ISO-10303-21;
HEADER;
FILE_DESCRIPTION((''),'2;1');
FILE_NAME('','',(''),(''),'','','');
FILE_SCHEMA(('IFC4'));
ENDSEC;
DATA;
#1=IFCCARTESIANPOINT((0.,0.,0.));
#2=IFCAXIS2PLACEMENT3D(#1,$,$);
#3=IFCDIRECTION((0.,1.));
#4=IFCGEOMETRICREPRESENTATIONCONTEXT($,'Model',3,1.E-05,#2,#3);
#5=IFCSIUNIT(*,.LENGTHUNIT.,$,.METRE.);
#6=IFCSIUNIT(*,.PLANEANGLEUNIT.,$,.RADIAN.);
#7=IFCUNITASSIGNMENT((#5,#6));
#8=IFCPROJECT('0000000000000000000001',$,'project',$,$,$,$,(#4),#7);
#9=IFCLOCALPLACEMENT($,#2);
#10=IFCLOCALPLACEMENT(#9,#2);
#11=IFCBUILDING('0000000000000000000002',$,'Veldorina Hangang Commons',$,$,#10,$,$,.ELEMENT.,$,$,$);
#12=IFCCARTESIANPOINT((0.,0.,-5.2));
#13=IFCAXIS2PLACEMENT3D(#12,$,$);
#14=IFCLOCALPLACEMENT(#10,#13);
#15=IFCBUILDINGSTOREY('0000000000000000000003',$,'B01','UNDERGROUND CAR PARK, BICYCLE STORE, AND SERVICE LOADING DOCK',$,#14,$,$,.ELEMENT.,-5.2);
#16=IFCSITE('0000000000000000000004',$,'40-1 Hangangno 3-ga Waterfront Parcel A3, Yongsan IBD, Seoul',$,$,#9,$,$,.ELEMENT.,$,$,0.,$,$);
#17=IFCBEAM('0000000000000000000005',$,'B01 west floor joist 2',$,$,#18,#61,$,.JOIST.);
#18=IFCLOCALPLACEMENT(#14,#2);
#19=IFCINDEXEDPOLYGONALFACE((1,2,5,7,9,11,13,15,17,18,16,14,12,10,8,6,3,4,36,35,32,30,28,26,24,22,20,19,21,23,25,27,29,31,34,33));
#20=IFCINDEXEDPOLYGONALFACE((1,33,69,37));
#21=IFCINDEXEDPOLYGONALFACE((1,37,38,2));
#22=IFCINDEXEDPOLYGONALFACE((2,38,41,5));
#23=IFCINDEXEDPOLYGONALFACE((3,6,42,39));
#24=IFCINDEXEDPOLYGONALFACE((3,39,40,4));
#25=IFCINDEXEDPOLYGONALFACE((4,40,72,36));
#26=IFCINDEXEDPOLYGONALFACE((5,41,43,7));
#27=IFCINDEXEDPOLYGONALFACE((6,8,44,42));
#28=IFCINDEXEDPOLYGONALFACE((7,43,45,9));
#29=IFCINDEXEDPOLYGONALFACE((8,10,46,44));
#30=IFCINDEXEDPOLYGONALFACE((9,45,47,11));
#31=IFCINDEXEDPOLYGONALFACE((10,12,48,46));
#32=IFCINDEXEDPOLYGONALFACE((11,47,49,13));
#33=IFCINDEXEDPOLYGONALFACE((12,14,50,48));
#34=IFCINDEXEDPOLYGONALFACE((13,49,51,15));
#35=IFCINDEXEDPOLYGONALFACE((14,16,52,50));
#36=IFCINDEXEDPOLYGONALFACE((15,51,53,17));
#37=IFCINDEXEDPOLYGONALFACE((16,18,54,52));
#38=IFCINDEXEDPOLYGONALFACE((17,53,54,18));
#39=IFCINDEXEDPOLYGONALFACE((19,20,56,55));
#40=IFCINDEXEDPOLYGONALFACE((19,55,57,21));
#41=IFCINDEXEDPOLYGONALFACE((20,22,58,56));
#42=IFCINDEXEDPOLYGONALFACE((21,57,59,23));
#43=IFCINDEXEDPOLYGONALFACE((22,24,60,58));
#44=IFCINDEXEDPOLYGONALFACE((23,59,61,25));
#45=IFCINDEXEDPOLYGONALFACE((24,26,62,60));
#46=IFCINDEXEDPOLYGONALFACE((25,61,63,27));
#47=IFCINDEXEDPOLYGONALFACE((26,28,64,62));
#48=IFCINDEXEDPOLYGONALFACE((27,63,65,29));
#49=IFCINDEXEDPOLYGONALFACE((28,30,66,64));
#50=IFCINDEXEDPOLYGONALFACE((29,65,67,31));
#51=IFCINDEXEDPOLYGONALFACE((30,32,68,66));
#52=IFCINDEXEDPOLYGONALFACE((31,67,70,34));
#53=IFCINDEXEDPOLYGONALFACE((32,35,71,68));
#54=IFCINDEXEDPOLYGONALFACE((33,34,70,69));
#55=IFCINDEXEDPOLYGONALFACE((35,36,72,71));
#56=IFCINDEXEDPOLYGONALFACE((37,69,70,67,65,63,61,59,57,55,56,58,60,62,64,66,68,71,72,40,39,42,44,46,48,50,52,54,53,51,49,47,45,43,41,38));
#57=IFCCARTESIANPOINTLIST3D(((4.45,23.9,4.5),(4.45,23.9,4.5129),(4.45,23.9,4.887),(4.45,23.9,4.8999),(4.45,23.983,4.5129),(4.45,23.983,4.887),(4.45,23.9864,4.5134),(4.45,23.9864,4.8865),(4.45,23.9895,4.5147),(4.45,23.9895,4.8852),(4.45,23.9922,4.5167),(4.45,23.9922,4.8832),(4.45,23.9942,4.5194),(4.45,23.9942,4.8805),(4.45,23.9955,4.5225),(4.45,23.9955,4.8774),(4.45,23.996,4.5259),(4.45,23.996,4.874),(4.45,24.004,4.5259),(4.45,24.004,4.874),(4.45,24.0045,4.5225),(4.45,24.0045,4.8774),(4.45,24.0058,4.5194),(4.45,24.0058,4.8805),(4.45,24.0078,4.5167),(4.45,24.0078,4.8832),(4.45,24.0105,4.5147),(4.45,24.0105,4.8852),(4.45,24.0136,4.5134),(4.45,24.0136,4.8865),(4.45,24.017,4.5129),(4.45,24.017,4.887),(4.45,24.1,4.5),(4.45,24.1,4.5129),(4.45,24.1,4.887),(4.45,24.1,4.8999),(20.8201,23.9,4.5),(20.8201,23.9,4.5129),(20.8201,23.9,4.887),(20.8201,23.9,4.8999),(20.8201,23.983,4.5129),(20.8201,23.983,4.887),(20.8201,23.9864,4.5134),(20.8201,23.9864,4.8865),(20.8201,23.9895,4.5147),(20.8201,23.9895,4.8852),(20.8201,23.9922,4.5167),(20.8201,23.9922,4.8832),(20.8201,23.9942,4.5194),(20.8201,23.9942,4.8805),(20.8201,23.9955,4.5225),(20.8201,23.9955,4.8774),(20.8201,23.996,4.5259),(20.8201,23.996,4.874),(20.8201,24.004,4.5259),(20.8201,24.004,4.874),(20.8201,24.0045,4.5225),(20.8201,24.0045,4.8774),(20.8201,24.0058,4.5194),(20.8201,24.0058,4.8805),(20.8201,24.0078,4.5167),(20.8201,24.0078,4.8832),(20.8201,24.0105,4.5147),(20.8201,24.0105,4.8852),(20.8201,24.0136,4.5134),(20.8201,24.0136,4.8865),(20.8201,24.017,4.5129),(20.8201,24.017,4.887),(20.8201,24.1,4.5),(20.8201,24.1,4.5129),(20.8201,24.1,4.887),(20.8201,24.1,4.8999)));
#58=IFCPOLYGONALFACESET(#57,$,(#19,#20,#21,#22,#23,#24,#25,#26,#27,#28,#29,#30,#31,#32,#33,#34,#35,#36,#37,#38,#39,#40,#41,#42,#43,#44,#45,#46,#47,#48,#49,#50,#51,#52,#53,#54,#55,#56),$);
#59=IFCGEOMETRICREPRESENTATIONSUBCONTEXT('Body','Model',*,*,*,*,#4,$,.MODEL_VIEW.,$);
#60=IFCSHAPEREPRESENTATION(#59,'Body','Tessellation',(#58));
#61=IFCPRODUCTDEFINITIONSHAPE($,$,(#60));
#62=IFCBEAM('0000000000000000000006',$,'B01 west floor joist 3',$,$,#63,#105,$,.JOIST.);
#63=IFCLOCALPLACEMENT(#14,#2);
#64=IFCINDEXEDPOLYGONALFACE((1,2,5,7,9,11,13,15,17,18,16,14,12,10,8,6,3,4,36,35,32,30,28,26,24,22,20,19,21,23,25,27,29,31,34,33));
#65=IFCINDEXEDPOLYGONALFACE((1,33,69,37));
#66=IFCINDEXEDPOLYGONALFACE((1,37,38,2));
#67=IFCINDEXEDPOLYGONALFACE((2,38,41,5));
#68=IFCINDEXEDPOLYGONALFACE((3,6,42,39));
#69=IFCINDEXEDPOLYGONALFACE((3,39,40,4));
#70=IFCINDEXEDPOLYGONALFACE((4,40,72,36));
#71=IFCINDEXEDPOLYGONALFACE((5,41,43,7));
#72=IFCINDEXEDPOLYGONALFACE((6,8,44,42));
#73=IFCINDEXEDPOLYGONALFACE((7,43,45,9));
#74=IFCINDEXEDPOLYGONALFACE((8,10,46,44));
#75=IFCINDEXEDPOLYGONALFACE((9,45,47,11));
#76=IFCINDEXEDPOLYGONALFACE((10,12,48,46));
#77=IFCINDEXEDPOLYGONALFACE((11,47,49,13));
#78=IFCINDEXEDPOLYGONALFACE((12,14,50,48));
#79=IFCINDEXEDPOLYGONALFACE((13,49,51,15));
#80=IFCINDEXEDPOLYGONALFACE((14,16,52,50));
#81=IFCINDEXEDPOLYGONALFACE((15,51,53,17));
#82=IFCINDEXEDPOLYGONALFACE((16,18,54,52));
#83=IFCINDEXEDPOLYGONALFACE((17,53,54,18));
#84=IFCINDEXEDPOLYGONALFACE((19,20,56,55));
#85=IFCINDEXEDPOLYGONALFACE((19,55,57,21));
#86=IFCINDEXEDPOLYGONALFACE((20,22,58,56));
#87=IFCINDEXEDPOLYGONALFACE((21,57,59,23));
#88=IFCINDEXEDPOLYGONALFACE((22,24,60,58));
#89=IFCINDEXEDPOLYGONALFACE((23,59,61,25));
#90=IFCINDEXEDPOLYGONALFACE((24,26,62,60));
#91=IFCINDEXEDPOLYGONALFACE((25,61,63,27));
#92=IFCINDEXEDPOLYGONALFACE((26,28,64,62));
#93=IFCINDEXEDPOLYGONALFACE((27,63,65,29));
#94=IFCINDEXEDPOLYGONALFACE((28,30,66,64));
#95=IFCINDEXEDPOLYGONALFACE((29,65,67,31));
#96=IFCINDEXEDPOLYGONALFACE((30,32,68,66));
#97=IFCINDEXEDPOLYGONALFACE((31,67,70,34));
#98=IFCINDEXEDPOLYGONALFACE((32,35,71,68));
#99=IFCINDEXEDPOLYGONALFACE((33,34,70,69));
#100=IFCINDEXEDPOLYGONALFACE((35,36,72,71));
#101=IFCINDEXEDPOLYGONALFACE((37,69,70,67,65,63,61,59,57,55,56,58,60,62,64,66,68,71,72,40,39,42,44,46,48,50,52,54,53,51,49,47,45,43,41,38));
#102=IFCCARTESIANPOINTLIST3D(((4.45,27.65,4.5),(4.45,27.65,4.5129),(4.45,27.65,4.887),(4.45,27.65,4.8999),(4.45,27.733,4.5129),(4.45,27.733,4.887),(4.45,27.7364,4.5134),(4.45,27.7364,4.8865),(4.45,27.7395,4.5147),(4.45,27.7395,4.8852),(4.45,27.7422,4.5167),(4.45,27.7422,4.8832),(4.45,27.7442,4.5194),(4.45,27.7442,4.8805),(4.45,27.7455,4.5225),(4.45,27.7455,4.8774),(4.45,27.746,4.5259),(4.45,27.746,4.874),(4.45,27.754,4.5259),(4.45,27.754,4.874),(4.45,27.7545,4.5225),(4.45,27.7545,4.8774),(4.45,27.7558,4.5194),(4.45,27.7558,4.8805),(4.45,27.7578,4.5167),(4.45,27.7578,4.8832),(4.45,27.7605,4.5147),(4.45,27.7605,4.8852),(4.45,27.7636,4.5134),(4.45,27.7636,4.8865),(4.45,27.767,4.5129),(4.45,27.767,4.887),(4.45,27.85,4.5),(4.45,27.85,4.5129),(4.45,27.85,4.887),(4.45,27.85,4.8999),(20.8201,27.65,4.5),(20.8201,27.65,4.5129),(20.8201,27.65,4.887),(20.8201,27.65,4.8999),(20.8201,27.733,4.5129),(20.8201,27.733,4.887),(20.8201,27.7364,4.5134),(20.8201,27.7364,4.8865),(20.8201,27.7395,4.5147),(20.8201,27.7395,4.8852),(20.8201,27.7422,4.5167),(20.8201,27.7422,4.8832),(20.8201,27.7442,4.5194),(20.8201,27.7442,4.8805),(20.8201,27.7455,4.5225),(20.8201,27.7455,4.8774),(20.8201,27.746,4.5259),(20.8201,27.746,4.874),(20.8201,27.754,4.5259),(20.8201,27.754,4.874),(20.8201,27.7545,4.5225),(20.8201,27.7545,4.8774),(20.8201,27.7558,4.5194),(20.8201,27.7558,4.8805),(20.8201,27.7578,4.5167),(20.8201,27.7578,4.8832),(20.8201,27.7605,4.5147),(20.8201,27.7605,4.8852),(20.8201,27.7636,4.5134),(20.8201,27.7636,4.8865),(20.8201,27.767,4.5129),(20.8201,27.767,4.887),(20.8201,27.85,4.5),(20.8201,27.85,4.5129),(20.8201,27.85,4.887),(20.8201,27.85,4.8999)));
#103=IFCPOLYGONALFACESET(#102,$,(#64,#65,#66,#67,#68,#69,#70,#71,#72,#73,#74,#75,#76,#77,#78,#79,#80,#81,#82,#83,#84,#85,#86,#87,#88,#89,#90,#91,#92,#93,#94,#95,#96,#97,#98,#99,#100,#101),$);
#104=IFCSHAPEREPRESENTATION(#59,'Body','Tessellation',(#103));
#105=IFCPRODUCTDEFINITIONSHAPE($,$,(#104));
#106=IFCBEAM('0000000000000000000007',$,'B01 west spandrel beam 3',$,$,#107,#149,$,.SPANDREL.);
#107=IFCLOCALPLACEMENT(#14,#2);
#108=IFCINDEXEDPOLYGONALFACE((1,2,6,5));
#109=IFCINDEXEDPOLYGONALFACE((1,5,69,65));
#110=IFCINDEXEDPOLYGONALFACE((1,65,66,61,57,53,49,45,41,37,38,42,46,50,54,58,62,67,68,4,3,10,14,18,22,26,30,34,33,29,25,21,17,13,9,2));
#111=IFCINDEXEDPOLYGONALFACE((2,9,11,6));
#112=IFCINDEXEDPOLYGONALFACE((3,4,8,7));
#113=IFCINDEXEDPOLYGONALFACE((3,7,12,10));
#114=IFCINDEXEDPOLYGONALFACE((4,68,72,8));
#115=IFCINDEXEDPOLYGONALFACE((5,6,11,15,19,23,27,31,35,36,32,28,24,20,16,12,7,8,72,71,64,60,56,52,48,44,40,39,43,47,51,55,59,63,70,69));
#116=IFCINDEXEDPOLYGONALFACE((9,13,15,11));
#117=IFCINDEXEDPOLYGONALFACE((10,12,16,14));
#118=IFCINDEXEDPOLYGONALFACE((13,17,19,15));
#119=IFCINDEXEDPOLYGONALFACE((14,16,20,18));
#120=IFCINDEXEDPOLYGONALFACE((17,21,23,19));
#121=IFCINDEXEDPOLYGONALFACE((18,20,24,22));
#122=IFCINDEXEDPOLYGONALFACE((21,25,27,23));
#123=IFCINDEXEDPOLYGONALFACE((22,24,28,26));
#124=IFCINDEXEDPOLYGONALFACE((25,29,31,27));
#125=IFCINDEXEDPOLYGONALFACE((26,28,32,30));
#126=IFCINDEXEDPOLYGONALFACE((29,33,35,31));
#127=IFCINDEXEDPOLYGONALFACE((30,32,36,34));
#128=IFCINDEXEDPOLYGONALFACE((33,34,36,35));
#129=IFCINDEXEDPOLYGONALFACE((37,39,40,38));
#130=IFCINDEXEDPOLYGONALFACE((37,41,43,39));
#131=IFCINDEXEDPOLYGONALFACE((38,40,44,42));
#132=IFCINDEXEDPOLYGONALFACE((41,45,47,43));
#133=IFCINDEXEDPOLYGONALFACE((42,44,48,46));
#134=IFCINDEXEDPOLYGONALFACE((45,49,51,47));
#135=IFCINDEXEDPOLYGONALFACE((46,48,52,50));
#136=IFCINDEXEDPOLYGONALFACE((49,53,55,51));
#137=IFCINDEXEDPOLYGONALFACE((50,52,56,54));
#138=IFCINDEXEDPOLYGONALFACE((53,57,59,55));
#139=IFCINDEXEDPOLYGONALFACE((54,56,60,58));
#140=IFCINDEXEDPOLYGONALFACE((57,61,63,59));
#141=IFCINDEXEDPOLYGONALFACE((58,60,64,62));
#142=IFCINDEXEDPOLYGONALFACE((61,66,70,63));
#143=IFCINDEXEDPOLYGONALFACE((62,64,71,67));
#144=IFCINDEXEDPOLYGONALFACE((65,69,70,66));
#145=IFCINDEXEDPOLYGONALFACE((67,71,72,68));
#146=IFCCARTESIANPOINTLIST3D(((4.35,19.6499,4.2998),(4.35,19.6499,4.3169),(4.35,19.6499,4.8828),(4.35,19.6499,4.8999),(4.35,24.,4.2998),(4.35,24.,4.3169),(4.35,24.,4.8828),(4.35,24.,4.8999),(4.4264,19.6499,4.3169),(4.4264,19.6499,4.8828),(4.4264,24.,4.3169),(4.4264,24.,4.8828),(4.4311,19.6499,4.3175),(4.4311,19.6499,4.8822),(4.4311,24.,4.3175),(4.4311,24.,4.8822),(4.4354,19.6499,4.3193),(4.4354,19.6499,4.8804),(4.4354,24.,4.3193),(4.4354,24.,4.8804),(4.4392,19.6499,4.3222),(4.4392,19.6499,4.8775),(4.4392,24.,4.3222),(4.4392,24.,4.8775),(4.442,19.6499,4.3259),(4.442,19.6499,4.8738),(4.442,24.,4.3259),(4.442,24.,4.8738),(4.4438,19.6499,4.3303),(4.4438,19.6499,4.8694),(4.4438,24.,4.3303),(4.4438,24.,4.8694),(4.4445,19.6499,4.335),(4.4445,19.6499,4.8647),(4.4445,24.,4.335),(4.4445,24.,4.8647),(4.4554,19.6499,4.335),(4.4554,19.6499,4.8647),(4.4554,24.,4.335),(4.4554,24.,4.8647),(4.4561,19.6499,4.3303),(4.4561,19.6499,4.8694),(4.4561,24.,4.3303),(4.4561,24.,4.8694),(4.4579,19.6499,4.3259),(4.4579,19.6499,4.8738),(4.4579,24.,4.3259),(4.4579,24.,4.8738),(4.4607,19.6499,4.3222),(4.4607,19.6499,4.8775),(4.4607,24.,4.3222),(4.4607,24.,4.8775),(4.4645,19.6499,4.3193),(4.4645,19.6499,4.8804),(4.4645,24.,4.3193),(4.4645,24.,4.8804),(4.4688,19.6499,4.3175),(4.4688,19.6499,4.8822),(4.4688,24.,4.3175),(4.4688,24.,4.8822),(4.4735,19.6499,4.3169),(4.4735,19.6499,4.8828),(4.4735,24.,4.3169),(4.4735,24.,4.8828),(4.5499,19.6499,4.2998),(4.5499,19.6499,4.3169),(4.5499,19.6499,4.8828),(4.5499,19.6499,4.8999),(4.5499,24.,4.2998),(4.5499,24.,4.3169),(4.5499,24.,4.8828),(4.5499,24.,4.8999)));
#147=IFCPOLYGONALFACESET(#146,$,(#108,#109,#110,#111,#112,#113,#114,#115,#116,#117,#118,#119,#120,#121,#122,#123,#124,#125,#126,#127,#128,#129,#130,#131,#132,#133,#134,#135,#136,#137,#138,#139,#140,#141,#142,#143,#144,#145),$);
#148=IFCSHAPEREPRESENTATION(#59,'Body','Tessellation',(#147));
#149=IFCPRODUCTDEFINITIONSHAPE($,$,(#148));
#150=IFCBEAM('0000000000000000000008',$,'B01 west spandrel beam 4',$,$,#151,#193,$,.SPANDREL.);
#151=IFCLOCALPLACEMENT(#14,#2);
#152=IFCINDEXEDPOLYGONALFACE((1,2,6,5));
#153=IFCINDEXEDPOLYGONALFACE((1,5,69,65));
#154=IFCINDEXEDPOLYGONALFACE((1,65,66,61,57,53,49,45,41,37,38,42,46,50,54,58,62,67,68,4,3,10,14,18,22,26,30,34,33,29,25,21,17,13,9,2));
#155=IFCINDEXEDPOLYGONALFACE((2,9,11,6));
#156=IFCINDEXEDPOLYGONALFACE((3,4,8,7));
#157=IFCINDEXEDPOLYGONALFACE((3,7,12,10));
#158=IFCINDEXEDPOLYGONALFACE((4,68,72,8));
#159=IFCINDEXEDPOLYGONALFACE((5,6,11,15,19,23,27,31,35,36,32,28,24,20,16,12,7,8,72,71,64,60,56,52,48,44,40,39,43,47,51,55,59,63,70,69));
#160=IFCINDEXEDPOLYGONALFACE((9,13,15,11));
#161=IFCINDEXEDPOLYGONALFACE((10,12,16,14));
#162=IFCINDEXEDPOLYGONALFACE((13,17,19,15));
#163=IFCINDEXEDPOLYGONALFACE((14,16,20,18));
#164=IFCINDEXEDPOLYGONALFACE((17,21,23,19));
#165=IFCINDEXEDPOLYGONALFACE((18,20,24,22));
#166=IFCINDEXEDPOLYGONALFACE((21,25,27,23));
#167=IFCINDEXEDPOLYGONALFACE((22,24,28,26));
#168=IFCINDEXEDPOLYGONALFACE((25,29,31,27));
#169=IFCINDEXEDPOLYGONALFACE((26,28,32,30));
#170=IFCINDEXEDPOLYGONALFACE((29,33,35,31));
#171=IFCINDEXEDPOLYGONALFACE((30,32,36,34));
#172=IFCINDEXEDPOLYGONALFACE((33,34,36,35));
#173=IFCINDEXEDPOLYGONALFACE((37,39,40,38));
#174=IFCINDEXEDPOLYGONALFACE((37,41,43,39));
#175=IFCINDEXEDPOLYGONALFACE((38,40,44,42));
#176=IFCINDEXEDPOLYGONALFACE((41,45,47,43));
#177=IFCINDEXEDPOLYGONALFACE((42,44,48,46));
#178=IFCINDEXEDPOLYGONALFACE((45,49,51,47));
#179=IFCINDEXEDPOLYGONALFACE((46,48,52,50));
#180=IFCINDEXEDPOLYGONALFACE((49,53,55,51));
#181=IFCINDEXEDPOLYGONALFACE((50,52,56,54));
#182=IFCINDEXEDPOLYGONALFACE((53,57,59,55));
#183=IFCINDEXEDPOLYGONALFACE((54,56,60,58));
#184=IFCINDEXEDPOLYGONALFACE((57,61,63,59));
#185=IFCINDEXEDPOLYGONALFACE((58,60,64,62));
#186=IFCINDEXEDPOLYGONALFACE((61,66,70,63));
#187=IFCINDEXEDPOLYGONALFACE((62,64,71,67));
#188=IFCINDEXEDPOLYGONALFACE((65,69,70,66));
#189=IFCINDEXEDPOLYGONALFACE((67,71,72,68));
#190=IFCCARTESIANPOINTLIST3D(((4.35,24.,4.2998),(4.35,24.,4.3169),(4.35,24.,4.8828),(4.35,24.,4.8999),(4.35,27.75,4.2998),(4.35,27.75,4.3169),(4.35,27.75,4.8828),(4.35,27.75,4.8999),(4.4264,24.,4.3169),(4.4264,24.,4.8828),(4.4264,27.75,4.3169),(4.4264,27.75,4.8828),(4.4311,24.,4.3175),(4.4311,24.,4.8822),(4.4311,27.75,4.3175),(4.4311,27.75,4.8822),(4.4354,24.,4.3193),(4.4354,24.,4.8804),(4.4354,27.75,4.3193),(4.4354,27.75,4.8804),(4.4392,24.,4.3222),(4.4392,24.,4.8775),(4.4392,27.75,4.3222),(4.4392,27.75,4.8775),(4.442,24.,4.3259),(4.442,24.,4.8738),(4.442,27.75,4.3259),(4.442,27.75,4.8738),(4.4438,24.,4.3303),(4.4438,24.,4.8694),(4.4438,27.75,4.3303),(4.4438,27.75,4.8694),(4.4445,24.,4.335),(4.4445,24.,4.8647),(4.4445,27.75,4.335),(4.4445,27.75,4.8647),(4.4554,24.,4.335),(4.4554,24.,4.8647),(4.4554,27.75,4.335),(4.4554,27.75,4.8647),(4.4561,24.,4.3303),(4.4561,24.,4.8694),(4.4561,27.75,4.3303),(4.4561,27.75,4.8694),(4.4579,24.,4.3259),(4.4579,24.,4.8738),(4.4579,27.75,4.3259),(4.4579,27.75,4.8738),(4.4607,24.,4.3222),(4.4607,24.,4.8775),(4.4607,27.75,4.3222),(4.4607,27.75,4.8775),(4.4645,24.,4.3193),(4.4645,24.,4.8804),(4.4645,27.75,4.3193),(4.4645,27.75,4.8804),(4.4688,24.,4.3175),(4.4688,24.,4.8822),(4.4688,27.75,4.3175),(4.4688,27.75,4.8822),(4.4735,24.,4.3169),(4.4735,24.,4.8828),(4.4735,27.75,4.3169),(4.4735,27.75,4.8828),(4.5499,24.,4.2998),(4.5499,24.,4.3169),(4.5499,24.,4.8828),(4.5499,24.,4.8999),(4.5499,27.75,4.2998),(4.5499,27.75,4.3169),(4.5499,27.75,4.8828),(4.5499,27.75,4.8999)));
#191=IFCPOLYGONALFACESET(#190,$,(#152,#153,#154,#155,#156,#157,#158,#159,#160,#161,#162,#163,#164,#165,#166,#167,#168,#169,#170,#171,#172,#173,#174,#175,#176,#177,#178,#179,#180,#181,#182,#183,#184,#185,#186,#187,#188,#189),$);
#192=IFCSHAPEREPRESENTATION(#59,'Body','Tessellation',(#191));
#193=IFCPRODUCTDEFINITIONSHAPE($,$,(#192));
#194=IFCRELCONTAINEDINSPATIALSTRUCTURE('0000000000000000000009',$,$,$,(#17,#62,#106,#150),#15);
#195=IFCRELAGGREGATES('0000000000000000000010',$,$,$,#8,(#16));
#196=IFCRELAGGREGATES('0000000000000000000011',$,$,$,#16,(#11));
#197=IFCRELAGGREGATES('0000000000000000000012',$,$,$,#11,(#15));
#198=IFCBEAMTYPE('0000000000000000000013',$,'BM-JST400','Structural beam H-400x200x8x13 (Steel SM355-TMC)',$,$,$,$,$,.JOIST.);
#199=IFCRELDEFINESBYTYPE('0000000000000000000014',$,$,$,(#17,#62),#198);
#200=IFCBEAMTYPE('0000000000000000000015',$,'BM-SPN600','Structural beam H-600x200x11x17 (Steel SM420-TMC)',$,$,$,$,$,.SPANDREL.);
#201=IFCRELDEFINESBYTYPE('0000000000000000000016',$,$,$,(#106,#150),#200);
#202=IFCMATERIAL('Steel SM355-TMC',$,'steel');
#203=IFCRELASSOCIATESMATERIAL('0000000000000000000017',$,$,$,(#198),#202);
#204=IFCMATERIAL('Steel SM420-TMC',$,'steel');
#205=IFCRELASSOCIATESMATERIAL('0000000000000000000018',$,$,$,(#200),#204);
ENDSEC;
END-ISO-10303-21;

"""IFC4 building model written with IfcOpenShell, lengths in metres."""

from ifc_helpers import new_model, si_unit, direction, frame, origin, origin_2d, place, context, subcontext, project, spatial, i_section, extrude, material, material_profile, profile_set, type_object, element, save


model = new_model("IFC4")

# Units and contexts
model_context = context("Model", 3, precision=1e-05, world=origin(), true_north=direction((0.0, 1.0)))
body_context = subcontext(model_context, "Body", "Model", "MODEL_VIEW")
ifc_project = project(units=[si_unit("LENGTHUNIT", "METRE"), si_unit("PLANEANGLEUNIT", "RADIAN")], contexts=[model_context])

# Site, building, storey
site_placement = place(None, origin())
site = spatial("IfcSite", under=ifc_project, at=site_placement, Name="40-1 Hangangno 3-ga Waterfront Parcel A3, Yongsan IBD, Seoul", CompositionType="ELEMENT", RefElevation=0.0)
building_placement = place(site_placement, origin())
building = spatial("IfcBuilding", under=site, at=building_placement, Name="Veldorina Hangang Commons", CompositionType="ELEMENT")
storey_placement = place(building_placement, frame((0.0, 0.0, -5.2)))
storey = spatial("IfcBuildingStorey", under=building, at=storey_placement, Name="B01", Description="UNDERGROUND CAR PARK, BICYCLE STORE, AND SERVICE LOADING DOCK", CompositionType="ELEMENT", Elevation=-5.2)

# Shared definitions
ifc_material_1 = material(Name="Steel SM355-TMC", Category="steel")

# Beams
ifc_material_profile_1 = material_profile(ifc_material_1, i_section(OverallWidth=0.2, OverallDepth=0.3999, WebThickness=0.0081, FlangeThickness=0.0129, FilletRadius=0.0129, at=origin_2d()), Name="H-400x200x8x13")
ifc_profile_set_1 = profile_set([ifc_material_profile_1], Name="Steel SM355-TMC")
beam_type_1 = type_object("IfcBeamType", Name="BM-JST400", Description="Structural beam H-400x200x8x13 (Steel SM355-TMC)", PredefinedType="JOIST", material=ifc_profile_set_1)
for number, where, z_axis, x_axis, name in (
    (1, (4.45, 24.0, 4.7), (1.0, 0.0, 0.0), (0.0, 1.0, 0.0), "B01 west floor joist 2"),
    (2, (4.45, 27.75, 4.7), (1.0, 0.0, 0.0), (0.0, 1.0, 0.0), "B01 west floor joist 3"),
):
    element("IfcBeam", number, at=place(storey_placement, frame(where, z_axis=z_axis, x_axis=x_axis)), inside=storey, type_object=beam_type_1, Name=name, PredefinedType="JOIST", context=body_context, shape_type="SweptSolid", body=[
        extrude(i_section(OverallWidth=0.2, OverallDepth=0.3999, WebThickness=0.0081, FlangeThickness=0.0129, FilletRadius=0.0129, at=origin_2d()), origin(), (0.0, 0.0, 1.0), 16.3701),
    ])
ifc_material_2 = material(Name="Steel SM420-TMC", Category="steel")
ifc_material_profile_2 = material_profile(ifc_material_2, i_section(OverallWidth=0.2, OverallDepth=0.6001, WebThickness=0.011, FlangeThickness=0.0171, FilletRadius=0.0181, at=origin_2d()), Name="H-600x200x11x17")
ifc_profile_set_2 = profile_set([ifc_material_profile_2], Name="Steel SM420-TMC")
beam_type_2 = type_object("IfcBeamType", Name="BM-SPN600", Description="Structural beam H-600x200x11x17 (Steel SM420-TMC)", PredefinedType="SPANDREL", material=ifc_profile_set_2)
beam_1_placement = place(storey_placement, frame((4.45, 19.6499, 4.5999), z_axis=(0.0, 1.0, 0.0), x_axis=(-1.0, 0.0, 0.0)))
element("IfcBeam", 3, at=beam_1_placement, inside=storey, type_object=beam_type_2, Name="B01 west spandrel beam 3", PredefinedType="SPANDREL", context=body_context, shape_type="SweptSolid", body=[
    extrude(i_section(OverallWidth=0.2, OverallDepth=0.6001, WebThickness=0.011, FlangeThickness=0.0171, FilletRadius=0.0181, at=origin_2d()), origin(), (0.0, 0.0, 1.0), 4.3501),
])
beam_2_placement = place(storey_placement, frame((4.45, 24.0, 4.5999), z_axis=(0.0, 1.0, 0.0), x_axis=(-1.0, 0.0, 0.0)))
element("IfcBeam", 4, at=beam_2_placement, inside=storey, type_object=beam_type_2, Name="B01 west spandrel beam 4", PredefinedType="SPANDREL", context=body_context, shape_type="SweptSolid", body=[
    extrude(i_section(OverallWidth=0.2, OverallDepth=0.6001, WebThickness=0.011, FlangeThickness=0.0171, FilletRadius=0.0181, at=origin_2d()), origin(), (0.0, 0.0, 1.0), 3.75),
])

save(model, "model.ifc")
